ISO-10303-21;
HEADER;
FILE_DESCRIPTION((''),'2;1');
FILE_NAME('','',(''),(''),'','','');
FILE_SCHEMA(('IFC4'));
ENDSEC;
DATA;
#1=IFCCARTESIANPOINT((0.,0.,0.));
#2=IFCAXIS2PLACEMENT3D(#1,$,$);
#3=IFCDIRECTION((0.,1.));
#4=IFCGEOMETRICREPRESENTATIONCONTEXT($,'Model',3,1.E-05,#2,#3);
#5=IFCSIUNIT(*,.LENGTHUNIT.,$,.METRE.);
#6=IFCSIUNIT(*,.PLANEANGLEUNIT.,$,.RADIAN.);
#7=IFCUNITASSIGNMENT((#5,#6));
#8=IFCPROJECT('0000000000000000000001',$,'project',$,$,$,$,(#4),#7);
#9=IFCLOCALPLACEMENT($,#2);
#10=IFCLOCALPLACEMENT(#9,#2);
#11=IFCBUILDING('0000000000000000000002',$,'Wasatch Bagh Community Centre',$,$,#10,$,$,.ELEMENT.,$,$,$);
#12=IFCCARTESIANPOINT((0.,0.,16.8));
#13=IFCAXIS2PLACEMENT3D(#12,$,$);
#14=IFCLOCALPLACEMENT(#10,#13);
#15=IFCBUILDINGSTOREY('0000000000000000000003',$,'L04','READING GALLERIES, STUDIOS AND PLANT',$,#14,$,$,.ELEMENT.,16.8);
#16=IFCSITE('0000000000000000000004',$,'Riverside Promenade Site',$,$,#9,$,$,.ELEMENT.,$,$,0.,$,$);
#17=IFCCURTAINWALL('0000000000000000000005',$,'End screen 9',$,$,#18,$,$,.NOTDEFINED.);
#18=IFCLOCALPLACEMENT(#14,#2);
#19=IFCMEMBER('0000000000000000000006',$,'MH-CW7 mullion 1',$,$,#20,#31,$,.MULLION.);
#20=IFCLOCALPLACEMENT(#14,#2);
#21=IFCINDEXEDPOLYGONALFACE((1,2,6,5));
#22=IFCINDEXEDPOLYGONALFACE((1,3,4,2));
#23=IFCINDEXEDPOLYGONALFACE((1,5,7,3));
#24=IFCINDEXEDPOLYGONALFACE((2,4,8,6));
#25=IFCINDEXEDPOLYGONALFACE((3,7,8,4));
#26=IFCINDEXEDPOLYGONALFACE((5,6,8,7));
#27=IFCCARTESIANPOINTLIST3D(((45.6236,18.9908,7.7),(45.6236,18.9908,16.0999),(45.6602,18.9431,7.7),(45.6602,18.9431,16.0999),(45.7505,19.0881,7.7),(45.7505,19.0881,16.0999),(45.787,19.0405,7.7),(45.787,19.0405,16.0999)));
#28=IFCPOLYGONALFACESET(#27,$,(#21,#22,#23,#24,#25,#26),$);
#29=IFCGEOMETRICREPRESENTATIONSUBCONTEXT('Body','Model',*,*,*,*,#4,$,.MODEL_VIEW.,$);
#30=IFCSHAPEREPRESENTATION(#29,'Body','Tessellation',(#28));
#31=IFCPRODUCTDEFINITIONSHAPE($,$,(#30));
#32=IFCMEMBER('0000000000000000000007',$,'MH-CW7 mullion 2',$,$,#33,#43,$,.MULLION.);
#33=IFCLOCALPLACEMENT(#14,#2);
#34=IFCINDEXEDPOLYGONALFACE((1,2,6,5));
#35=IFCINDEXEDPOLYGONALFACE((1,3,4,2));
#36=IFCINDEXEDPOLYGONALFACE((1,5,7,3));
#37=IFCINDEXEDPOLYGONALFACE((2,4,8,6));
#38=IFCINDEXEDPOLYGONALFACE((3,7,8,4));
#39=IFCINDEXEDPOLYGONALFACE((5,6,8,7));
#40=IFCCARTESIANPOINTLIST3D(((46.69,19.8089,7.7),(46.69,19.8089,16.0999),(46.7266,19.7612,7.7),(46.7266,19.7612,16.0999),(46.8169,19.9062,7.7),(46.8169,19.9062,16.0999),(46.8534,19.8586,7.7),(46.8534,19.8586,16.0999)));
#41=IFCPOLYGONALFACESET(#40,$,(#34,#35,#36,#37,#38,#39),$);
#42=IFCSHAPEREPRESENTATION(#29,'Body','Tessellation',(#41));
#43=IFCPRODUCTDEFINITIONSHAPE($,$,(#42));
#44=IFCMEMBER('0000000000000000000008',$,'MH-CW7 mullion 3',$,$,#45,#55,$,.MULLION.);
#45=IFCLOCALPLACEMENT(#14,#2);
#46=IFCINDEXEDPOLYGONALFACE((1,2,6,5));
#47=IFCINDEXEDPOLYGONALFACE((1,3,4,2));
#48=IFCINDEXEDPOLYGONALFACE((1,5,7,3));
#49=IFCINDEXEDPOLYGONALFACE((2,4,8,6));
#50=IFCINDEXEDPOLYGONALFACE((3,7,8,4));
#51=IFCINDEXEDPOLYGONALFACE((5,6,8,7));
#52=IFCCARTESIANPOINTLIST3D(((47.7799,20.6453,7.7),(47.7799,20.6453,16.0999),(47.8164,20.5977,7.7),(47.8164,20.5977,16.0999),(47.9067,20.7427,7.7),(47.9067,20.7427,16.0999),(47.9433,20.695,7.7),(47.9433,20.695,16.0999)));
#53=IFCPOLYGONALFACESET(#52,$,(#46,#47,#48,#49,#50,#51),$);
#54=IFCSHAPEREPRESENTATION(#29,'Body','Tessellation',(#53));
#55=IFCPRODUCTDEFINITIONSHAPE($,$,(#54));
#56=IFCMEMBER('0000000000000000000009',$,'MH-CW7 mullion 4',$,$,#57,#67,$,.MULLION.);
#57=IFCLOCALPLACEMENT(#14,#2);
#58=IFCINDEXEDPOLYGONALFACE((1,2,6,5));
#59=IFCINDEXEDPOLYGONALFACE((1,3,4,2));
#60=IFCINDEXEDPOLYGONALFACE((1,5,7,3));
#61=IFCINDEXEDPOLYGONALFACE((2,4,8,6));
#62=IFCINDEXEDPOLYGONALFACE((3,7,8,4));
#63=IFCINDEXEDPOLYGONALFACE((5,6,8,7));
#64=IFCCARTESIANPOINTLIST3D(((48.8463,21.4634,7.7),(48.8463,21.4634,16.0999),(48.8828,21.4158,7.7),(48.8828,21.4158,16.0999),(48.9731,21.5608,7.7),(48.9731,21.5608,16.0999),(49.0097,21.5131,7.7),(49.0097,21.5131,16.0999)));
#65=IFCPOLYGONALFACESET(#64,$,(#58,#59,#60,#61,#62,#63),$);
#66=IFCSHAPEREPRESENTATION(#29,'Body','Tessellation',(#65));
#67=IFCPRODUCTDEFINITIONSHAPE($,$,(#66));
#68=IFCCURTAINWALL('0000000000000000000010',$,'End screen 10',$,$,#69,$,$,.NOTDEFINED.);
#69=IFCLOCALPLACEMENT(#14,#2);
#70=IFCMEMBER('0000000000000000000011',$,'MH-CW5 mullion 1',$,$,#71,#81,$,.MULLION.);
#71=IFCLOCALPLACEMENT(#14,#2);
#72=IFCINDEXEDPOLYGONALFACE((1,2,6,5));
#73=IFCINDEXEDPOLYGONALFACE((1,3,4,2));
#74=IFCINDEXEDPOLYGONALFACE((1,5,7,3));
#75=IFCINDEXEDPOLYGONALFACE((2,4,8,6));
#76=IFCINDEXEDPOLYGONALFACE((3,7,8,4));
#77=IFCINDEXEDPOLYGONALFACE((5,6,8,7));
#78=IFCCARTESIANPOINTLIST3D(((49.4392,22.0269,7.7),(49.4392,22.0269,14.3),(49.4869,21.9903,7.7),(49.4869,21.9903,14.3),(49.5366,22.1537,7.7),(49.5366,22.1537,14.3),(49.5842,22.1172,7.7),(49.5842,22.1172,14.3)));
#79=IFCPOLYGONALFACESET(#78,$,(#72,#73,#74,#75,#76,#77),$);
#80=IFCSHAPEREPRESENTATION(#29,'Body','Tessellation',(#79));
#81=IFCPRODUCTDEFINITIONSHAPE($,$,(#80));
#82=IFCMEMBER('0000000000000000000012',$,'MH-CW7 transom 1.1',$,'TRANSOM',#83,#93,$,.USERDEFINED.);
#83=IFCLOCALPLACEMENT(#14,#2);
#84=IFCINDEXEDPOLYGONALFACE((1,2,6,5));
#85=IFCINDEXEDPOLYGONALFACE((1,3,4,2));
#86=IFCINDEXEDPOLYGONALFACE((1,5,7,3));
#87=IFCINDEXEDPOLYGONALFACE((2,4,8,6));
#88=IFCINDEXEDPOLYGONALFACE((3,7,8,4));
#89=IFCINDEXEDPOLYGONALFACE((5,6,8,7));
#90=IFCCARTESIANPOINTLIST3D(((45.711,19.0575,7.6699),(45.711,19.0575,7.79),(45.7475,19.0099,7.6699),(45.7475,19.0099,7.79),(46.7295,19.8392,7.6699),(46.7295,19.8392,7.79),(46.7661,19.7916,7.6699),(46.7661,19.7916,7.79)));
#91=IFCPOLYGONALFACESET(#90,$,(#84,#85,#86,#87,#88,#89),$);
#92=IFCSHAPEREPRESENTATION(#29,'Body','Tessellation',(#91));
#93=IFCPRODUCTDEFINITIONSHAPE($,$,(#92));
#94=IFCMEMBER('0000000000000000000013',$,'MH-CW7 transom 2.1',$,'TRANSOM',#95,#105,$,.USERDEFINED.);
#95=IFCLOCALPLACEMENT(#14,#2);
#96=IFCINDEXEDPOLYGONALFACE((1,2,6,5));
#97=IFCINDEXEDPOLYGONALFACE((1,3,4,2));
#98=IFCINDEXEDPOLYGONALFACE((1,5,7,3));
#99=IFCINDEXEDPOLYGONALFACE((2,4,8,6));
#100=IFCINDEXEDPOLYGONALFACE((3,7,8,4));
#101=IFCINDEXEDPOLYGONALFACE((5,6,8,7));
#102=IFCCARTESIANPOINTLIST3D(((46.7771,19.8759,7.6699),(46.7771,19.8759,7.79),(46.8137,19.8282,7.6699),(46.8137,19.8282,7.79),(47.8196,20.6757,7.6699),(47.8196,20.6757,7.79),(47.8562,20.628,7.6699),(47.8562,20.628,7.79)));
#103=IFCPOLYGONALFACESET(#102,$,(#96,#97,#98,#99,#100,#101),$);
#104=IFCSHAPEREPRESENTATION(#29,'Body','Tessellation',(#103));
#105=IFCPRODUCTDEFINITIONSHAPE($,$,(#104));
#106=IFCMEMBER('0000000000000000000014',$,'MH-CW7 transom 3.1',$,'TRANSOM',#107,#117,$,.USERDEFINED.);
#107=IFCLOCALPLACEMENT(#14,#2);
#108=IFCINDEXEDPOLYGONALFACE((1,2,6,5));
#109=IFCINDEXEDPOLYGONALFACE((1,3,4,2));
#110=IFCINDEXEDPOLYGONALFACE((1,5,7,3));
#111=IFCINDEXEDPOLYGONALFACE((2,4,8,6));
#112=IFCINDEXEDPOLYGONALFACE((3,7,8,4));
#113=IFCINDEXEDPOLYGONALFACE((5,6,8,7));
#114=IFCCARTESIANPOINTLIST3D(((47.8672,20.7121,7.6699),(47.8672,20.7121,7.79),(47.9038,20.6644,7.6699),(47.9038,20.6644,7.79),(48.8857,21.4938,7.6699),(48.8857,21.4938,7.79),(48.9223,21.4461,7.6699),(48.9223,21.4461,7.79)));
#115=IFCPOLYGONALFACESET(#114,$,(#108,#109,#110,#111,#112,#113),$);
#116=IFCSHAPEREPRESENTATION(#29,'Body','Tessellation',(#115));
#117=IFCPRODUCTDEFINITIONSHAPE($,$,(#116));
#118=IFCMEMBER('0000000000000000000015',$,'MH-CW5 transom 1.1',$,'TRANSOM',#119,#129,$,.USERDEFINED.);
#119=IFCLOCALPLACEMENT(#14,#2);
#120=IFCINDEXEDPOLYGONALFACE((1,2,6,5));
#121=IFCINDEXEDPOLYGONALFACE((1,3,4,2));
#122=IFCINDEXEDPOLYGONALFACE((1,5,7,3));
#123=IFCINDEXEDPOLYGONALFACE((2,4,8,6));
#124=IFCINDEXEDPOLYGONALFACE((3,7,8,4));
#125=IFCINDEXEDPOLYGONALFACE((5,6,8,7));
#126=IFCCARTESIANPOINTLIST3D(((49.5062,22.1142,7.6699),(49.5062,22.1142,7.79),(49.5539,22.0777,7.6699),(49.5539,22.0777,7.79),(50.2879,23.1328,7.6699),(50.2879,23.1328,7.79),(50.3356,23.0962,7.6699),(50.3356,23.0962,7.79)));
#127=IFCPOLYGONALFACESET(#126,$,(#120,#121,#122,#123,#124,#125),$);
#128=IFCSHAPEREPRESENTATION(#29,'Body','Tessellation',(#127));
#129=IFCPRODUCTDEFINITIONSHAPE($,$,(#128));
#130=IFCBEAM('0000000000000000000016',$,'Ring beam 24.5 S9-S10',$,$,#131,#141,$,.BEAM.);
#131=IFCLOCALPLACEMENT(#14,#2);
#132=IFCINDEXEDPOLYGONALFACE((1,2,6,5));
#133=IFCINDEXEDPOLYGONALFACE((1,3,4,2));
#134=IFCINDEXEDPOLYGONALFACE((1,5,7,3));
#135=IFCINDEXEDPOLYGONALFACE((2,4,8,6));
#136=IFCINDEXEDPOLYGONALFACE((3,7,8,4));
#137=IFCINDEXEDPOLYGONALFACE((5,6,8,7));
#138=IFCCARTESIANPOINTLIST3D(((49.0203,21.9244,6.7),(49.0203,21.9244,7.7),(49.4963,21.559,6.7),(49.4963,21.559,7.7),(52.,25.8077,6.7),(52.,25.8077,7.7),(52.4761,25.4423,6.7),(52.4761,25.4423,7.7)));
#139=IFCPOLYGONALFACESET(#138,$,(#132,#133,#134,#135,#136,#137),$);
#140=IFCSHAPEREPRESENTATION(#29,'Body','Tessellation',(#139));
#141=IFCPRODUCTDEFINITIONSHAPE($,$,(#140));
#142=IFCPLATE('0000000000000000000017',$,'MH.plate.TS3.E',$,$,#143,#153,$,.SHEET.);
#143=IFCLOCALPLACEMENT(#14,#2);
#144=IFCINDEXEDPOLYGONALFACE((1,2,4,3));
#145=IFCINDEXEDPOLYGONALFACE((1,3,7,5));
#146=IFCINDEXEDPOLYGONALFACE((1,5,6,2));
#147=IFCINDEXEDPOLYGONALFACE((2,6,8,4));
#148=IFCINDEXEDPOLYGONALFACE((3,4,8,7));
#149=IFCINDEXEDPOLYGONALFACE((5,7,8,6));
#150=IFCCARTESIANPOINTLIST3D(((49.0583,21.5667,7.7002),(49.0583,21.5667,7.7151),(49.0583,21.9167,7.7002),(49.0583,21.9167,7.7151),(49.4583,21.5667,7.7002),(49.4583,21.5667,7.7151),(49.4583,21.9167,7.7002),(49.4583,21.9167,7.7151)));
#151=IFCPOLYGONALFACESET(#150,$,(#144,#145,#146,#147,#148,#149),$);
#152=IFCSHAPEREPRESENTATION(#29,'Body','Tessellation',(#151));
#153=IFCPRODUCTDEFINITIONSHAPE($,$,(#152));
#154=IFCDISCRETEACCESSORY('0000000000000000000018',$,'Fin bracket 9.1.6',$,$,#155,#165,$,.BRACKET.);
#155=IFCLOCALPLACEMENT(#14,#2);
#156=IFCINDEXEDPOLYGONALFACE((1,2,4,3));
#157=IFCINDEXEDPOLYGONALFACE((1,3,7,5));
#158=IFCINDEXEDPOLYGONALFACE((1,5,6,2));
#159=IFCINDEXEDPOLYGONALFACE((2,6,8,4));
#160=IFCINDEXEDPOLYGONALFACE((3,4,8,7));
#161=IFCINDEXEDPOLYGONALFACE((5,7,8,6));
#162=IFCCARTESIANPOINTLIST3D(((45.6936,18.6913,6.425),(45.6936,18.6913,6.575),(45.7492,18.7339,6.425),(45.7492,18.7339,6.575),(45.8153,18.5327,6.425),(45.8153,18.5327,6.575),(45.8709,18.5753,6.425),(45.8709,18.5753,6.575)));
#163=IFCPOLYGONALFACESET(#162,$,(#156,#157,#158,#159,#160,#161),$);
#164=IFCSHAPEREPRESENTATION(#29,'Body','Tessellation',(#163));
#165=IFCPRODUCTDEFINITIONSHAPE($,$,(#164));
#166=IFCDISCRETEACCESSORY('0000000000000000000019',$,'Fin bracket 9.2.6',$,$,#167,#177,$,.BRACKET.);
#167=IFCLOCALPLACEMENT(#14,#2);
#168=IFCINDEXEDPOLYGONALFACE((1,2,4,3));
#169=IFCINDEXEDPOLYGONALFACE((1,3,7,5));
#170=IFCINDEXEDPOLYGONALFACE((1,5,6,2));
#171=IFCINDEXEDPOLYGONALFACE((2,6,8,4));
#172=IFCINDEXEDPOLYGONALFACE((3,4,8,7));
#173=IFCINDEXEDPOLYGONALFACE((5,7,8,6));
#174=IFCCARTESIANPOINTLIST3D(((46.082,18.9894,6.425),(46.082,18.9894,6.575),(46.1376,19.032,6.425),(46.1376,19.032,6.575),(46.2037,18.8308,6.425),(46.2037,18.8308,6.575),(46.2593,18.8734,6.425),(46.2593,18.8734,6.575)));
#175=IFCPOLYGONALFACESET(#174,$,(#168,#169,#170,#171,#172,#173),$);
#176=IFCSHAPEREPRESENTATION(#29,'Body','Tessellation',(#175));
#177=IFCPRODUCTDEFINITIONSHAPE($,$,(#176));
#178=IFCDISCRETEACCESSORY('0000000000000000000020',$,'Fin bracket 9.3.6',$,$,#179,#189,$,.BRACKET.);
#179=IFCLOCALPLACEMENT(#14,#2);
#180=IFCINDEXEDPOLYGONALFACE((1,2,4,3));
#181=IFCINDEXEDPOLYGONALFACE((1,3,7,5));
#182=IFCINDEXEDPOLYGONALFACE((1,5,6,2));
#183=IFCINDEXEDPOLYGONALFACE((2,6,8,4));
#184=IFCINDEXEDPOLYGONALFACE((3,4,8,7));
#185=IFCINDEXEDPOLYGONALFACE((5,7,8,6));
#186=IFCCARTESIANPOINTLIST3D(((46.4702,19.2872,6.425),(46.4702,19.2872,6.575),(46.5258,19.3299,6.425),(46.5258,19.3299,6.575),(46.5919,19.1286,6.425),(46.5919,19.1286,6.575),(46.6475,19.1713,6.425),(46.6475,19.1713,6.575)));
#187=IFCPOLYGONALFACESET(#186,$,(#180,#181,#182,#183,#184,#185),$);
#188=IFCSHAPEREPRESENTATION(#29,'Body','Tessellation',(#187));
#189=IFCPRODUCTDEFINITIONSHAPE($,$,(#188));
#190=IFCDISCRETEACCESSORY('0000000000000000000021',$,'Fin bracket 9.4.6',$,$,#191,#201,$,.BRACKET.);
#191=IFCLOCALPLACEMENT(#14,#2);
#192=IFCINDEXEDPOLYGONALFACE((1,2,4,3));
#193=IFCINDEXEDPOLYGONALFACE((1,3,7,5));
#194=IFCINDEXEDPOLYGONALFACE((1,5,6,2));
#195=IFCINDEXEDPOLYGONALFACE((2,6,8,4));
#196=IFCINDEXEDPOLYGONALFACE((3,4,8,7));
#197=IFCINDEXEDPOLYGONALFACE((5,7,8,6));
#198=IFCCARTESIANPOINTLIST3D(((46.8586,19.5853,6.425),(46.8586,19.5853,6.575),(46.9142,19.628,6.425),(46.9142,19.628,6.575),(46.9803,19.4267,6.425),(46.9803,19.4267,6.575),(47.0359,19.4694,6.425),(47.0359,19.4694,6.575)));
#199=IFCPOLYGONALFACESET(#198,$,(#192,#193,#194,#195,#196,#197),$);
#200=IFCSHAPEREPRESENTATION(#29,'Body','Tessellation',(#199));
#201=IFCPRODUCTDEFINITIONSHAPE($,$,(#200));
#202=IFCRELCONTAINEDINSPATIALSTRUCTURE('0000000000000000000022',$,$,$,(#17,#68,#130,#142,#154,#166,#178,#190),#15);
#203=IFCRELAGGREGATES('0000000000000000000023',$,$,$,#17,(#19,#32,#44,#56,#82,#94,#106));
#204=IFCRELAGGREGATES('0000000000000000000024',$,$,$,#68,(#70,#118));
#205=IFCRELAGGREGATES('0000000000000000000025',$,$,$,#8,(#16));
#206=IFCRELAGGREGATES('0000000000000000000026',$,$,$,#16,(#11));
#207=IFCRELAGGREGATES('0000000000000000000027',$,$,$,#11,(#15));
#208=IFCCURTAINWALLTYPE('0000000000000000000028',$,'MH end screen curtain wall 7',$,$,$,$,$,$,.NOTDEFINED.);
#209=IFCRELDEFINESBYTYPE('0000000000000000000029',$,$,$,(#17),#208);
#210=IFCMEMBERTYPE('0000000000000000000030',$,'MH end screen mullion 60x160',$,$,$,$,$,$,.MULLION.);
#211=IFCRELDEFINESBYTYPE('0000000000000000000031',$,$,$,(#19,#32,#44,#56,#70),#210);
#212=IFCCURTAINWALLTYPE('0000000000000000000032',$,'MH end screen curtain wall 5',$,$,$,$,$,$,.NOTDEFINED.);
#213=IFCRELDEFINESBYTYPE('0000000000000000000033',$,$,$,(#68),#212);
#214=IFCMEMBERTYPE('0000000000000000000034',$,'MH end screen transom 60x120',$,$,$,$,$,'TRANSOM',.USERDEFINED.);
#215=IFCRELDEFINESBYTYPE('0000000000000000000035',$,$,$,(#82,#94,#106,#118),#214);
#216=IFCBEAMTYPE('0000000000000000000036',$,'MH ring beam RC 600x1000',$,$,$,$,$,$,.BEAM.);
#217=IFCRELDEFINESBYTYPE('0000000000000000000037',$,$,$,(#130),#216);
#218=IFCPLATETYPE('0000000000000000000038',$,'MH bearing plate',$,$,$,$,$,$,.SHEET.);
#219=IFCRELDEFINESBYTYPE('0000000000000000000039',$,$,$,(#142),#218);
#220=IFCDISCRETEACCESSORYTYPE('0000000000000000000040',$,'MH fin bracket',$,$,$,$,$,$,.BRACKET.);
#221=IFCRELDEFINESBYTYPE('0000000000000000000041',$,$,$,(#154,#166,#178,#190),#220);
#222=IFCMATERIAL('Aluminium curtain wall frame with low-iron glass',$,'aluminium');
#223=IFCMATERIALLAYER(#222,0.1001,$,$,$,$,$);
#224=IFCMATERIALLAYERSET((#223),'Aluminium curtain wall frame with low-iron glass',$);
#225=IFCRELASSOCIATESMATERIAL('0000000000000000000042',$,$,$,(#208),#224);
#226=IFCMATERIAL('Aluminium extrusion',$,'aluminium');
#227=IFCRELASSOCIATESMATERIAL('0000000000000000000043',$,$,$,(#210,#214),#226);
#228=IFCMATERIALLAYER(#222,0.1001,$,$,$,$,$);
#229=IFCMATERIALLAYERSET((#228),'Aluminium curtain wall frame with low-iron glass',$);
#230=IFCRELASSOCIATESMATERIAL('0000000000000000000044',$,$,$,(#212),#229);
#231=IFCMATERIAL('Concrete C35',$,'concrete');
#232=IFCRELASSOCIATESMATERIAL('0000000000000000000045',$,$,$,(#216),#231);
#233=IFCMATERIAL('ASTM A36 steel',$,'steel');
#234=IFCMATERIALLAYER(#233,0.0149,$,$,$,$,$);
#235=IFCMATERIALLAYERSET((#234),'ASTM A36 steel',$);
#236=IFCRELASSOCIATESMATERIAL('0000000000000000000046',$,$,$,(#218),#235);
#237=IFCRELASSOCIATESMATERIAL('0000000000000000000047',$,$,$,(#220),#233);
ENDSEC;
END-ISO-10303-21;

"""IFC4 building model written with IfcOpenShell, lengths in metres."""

from ifc_helpers import new_model, si_unit, direction, frame, origin, origin_2d, place, context, subcontext, project, spatial, rectangle, extrude, material, layer, layer_set, material_profile, profile_set, type_object, element, aggregate, save


model = new_model("IFC4")

# Units and contexts
model_context = context("Model", 3, precision=1e-05, world=origin(), true_north=direction((0.0, 1.0)))
body_context = subcontext(model_context, "Body", "Model", "MODEL_VIEW")
ifc_project = project(units=[si_unit("LENGTHUNIT", "METRE"), si_unit("PLANEANGLEUNIT", "RADIAN")], contexts=[model_context])

# Site, building, storey
site_placement = place(None, origin())
site = spatial("IfcSite", under=ifc_project, at=site_placement, Name="Riverside Promenade Site", CompositionType="ELEMENT", RefElevation=0.0)
building_placement = place(site_placement, origin())
building = spatial("IfcBuilding", under=site, at=building_placement, Name="Wasatch Bagh Community Centre", CompositionType="ELEMENT")
storey_placement = place(building_placement, frame((0.0, 0.0, 16.8)))
storey = spatial("IfcBuildingStorey", under=building, at=storey_placement, Name="L04", Description="READING GALLERIES, STUDIOS AND PLANT", CompositionType="ELEMENT", Elevation=16.8)

# Curtain wall, members
ifc_material_1 = material(Name="Aluminium curtain wall frame with low-iron glass", Category="aluminium")
ifc_layer_1 = layer(ifc_material_1, 0.1001)
ifc_layer_set_1 = layer_set([ifc_layer_1], Name="Aluminium curtain wall frame with low-iron glass")
curtain_wall_type_1 = type_object("IfcCurtainWallType", Name="MH end screen curtain wall 7", PredefinedType="NOTDEFINED", material=ifc_layer_set_1)
curtain_wall_1_placement = place(storey_placement, origin())
curtain_wall_1 = element("IfcCurtainWall", 1, at=curtain_wall_1_placement, inside=storey, type_object=curtain_wall_type_1, Name="End screen 9", PredefinedType="NOTDEFINED")
ifc_material_2 = material(Name="Aluminium extrusion", Category="aluminium")
ifc_material_profile_1 = material_profile(ifc_material_2, rectangle(XDim=0.0601, YDim=0.1599, at=origin_2d()), Name="AL 60x160")
ifc_profile_set_1 = profile_set([ifc_material_profile_1], Name="Aluminium extrusion")
member_type_1 = type_object("IfcMemberType", Name="MH end screen mullion 60x160", PredefinedType="MULLION", material=ifc_profile_set_1)
member_1_placement = place(storey_placement, frame((45.7053, 19.0156, 7.7), z_axis=(0.0, 0.0, 1.0), x_axis=(-0.608761, 0.793353, 0.0)))
member_1 = element("IfcMember", 2, at=member_1_placement, type_object=member_type_1, Name="MH-CW7 mullion 1", PredefinedType="MULLION", context=body_context, shape_type="SweptSolid", body=[
    extrude(rectangle(XDim=0.0601, YDim=0.1599, at=origin_2d()), origin(), (0.0, 0.0, 1.0), 8.3999),
])
member_2_placement = place(storey_placement, frame((46.7717, 19.8337, 7.7), z_axis=(0.0, 0.0, 1.0), x_axis=(-0.608761, 0.793353, 0.0)))
member_2 = element("IfcMember", 3, at=member_2_placement, type_object=member_type_1, Name="MH-CW7 mullion 2", PredefinedType="MULLION", context=body_context, shape_type="SweptSolid", body=[
    extrude(rectangle(XDim=0.0601, YDim=0.1599, at=origin_2d()), origin(), (0.0, 0.0, 1.0), 8.3999),
])
member_3_placement = place(storey_placement, frame((47.8616, 20.6702, 7.7), z_axis=(0.0, 0.0, 1.0), x_axis=(-0.608761, 0.793353, 0.0)))
member_3 = element("IfcMember", 4, at=member_3_placement, type_object=member_type_1, Name="MH-CW7 mullion 3", PredefinedType="MULLION", context=body_context, shape_type="SweptSolid", body=[
    extrude(rectangle(XDim=0.0601, YDim=0.1599, at=origin_2d()), origin(), (0.0, 0.0, 1.0), 8.3999),
])
member_4_placement = place(storey_placement, frame((48.928, 21.4883, 7.7), z_axis=(0.0, 0.0, 1.0), x_axis=(-0.608761, 0.793353, 0.0)))
member_4 = element("IfcMember", 5, at=member_4_placement, type_object=member_type_1, Name="MH-CW7 mullion 4", PredefinedType="MULLION", context=body_context, shape_type="SweptSolid", body=[
    extrude(rectangle(XDim=0.0601, YDim=0.1599, at=origin_2d()), origin(), (0.0, 0.0, 1.0), 8.3999),
])

# Curtain wall, member
ifc_layer_2 = layer(ifc_material_1, 0.1001)
ifc_layer_set_2 = layer_set([ifc_layer_2], Name="Aluminium curtain wall frame with low-iron glass")
curtain_wall_type_2 = type_object("IfcCurtainWallType", Name="MH end screen curtain wall 5", PredefinedType="NOTDEFINED", material=ifc_layer_set_2)
curtain_wall_2_placement = place(storey_placement, origin())
curtain_wall_2 = element("IfcCurtainWall", 6, at=curtain_wall_2_placement, inside=storey, type_object=curtain_wall_type_2, Name="End screen 10", PredefinedType="NOTDEFINED")
member_5_placement = place(storey_placement, frame((49.5117, 22.072, 7.7), z_axis=(0.0, 0.0, 1.0), x_axis=(-0.793353, 0.608761, 0.0)))
member_5 = element("IfcMember", 7, at=member_5_placement, type_object=member_type_1, Name="MH-CW5 mullion 1", PredefinedType="MULLION", context=body_context, shape_type="SweptSolid", body=[
    extrude(rectangle(XDim=0.0601, YDim=0.1599, at=origin_2d()), origin(), (0.0, 0.0, 1.0), 6.6001),
])

# Members
ifc_material_profile_2 = material_profile(ifc_material_2, rectangle(XDim=0.0601, YDim=0.1201, at=origin_2d()), Name="AL 60x120")
ifc_profile_set_2 = profile_set([ifc_material_profile_2], Name="Aluminium extrusion")
member_type_2 = type_object("IfcMemberType", Name="MH end screen transom 60x120", ElementType="TRANSOM", PredefinedType="USERDEFINED", material=ifc_profile_set_2)
member_6_placement = place(storey_placement, frame((45.7292, 19.0337, 7.73), z_axis=(0.793288, 0.608847, 0.0), x_axis=(-0.608847, 0.793288, 0.0)))
member_6 = element("IfcMember", 8, at=member_6_placement, type_object=member_type_2, Name="MH-CW7 transom 1.1", ObjectType="TRANSOM", PredefinedType="USERDEFINED", context=body_context, shape_type="SweptSolid", body=[
    extrude(rectangle(XDim=0.0601, YDim=0.1201, at=origin_2d()), origin(), (0.0, 0.0, 1.0), 1.2839),
])
member_7_placement = place(storey_placement, frame((46.7954, 19.8521, 7.73), z_axis=(0.793397, 0.608705, 0.0), x_axis=(-0.608705, 0.793397, 0.0)))
member_7 = element("IfcMember", 9, at=member_7_placement, type_object=member_type_2, Name="MH-CW7 transom 2.1", ObjectType="TRANSOM", PredefinedType="USERDEFINED", context=body_context, shape_type="SweptSolid", body=[
    extrude(rectangle(XDim=0.0601, YDim=0.1201, at=origin_2d()), origin(), (0.0, 0.0, 1.0), 1.314),
])
member_8_placement = place(storey_placement, frame((47.8855, 20.6882, 7.73), z_axis=(0.793288, 0.608847, 0.0), x_axis=(-0.608847, 0.793288, 0.0)))
member_8 = element("IfcMember", 10, at=member_8_placement, type_object=member_type_2, Name="MH-CW7 transom 3.1", ObjectType="TRANSOM", PredefinedType="USERDEFINED", context=body_context, shape_type="SweptSolid", body=[
    extrude(rectangle(XDim=0.0601, YDim=0.1201, at=origin_2d()), origin(), (0.0, 0.0, 1.0), 1.2839),
])
aggregate(curtain_wall_1, [member_1, member_2, member_3, member_4, member_6, member_7, member_8])
member_9_placement = place(storey_placement, frame((49.53, 22.0959, 7.73), z_axis=(0.608847, 0.793288, 0.0), x_axis=(-0.793288, 0.608847, 0.0)))
member_9 = element("IfcMember", 11, at=member_9_placement, type_object=member_type_2, Name="MH-CW5 transom 1.1", ObjectType="TRANSOM", PredefinedType="USERDEFINED", context=body_context, shape_type="SweptSolid", body=[
    extrude(rectangle(XDim=0.0601, YDim=0.1201, at=origin_2d()), origin(), (0.0, 0.0, 1.0), 1.2839),
])
aggregate(curtain_wall_2, [member_5, member_9])

# Beam
ifc_material_3 = material(Name="Concrete C35", Category="concrete")
ifc_material_profile_3 = material_profile(ifc_material_3, rectangle(XDim=0.6001, YDim=1.0, at=origin_2d()), Name="RC 600x1000")
ifc_profile_set_3 = profile_set([ifc_material_profile_3], Name="Concrete C35")
beam_type = type_object("IfcBeamType", Name="MH ring beam RC 600x1000", PredefinedType="BEAM", material=ifc_profile_set_3)
beam_placement = place(storey_placement, frame((49.2583, 21.7417, 7.2), z_axis=(0.608758, 0.793356, 0.0), x_axis=(-0.793356, 0.608758, 0.0)))
element("IfcBeam", 12, at=beam_placement, inside=storey, type_object=beam_type, Name="Ring beam 24.5 S9-S10", PredefinedType="BEAM", context=body_context, shape_type="SweptSolid", body=[
    extrude(rectangle(XDim=0.6001, YDim=1.0, at=origin_2d()), origin(), (0.0, 0.0, 1.0), 4.8948),
])

# Plate
ifc_material_4 = material(Name="ASTM A36 steel", Category="steel")
ifc_layer_3 = layer(ifc_material_4, 0.0149)
ifc_layer_set_3 = layer_set([ifc_layer_3], Name="ASTM A36 steel")
plate_type = type_object("IfcPlateType", Name="MH bearing plate", PredefinedType="SHEET", material=ifc_layer_set_3)
plate_placement = place(storey_placement, frame((49.2583, 21.7417, 7.7002), z_axis=(0.0, 0.0, 1.0), x_axis=(1.0, 0.0, 0.0)))
element("IfcPlate", 13, at=plate_placement, inside=storey, type_object=plate_type, Name="MH.plate.TS3.E", PredefinedType="SHEET", context=body_context, shape_type="SweptSolid", body=[
    extrude(rectangle(XDim=0.3999, YDim=0.3501, at=origin_2d()), origin(), (0.0, 0.0, 1.0), 0.0149),
])

# Discrete accessories
discrete_accessory_type = type_object("IfcDiscreteAccessoryType", Name="MH fin bracket", PredefinedType="BRACKET", material=ifc_material_4)
for number, where, z_axis, x_axis, name in (
    (14, (45.7822, 18.6333, 6.425), (0.0, 0.0, 1.0), (0.793353, 0.608761, 0.0), "Fin bracket 9.1.6"),
    (15, (46.1707, 18.9314, 6.425), (0.0, 0.0, 1.0), (0.793353, 0.608761, 0.0), "Fin bracket 9.2.6"),
    (16, (46.5588, 19.2292, 6.425), (0.0, 0.0, 1.0), (0.793353, 0.608761, 0.0), "Fin bracket 9.3.6"),
    (17, (46.9473, 19.5273, 6.425), (0.0, 0.0, 1.0), (0.793353, 0.608761, 0.0), "Fin bracket 9.4.6"),
):
    element("IfcDiscreteAccessory", number, at=place(storey_placement, frame(where, z_axis=z_axis, x_axis=x_axis)), inside=storey, type_object=discrete_accessory_type, Name=name, PredefinedType="BRACKET", context=body_context, shape_type="SweptSolid", body=[
        extrude(rectangle(XDim=0.0701, YDim=0.2, at=origin_2d()), origin(), (0.0, 0.0, 1.0), 0.1499),
    ])

save(model, "model.ifc")
